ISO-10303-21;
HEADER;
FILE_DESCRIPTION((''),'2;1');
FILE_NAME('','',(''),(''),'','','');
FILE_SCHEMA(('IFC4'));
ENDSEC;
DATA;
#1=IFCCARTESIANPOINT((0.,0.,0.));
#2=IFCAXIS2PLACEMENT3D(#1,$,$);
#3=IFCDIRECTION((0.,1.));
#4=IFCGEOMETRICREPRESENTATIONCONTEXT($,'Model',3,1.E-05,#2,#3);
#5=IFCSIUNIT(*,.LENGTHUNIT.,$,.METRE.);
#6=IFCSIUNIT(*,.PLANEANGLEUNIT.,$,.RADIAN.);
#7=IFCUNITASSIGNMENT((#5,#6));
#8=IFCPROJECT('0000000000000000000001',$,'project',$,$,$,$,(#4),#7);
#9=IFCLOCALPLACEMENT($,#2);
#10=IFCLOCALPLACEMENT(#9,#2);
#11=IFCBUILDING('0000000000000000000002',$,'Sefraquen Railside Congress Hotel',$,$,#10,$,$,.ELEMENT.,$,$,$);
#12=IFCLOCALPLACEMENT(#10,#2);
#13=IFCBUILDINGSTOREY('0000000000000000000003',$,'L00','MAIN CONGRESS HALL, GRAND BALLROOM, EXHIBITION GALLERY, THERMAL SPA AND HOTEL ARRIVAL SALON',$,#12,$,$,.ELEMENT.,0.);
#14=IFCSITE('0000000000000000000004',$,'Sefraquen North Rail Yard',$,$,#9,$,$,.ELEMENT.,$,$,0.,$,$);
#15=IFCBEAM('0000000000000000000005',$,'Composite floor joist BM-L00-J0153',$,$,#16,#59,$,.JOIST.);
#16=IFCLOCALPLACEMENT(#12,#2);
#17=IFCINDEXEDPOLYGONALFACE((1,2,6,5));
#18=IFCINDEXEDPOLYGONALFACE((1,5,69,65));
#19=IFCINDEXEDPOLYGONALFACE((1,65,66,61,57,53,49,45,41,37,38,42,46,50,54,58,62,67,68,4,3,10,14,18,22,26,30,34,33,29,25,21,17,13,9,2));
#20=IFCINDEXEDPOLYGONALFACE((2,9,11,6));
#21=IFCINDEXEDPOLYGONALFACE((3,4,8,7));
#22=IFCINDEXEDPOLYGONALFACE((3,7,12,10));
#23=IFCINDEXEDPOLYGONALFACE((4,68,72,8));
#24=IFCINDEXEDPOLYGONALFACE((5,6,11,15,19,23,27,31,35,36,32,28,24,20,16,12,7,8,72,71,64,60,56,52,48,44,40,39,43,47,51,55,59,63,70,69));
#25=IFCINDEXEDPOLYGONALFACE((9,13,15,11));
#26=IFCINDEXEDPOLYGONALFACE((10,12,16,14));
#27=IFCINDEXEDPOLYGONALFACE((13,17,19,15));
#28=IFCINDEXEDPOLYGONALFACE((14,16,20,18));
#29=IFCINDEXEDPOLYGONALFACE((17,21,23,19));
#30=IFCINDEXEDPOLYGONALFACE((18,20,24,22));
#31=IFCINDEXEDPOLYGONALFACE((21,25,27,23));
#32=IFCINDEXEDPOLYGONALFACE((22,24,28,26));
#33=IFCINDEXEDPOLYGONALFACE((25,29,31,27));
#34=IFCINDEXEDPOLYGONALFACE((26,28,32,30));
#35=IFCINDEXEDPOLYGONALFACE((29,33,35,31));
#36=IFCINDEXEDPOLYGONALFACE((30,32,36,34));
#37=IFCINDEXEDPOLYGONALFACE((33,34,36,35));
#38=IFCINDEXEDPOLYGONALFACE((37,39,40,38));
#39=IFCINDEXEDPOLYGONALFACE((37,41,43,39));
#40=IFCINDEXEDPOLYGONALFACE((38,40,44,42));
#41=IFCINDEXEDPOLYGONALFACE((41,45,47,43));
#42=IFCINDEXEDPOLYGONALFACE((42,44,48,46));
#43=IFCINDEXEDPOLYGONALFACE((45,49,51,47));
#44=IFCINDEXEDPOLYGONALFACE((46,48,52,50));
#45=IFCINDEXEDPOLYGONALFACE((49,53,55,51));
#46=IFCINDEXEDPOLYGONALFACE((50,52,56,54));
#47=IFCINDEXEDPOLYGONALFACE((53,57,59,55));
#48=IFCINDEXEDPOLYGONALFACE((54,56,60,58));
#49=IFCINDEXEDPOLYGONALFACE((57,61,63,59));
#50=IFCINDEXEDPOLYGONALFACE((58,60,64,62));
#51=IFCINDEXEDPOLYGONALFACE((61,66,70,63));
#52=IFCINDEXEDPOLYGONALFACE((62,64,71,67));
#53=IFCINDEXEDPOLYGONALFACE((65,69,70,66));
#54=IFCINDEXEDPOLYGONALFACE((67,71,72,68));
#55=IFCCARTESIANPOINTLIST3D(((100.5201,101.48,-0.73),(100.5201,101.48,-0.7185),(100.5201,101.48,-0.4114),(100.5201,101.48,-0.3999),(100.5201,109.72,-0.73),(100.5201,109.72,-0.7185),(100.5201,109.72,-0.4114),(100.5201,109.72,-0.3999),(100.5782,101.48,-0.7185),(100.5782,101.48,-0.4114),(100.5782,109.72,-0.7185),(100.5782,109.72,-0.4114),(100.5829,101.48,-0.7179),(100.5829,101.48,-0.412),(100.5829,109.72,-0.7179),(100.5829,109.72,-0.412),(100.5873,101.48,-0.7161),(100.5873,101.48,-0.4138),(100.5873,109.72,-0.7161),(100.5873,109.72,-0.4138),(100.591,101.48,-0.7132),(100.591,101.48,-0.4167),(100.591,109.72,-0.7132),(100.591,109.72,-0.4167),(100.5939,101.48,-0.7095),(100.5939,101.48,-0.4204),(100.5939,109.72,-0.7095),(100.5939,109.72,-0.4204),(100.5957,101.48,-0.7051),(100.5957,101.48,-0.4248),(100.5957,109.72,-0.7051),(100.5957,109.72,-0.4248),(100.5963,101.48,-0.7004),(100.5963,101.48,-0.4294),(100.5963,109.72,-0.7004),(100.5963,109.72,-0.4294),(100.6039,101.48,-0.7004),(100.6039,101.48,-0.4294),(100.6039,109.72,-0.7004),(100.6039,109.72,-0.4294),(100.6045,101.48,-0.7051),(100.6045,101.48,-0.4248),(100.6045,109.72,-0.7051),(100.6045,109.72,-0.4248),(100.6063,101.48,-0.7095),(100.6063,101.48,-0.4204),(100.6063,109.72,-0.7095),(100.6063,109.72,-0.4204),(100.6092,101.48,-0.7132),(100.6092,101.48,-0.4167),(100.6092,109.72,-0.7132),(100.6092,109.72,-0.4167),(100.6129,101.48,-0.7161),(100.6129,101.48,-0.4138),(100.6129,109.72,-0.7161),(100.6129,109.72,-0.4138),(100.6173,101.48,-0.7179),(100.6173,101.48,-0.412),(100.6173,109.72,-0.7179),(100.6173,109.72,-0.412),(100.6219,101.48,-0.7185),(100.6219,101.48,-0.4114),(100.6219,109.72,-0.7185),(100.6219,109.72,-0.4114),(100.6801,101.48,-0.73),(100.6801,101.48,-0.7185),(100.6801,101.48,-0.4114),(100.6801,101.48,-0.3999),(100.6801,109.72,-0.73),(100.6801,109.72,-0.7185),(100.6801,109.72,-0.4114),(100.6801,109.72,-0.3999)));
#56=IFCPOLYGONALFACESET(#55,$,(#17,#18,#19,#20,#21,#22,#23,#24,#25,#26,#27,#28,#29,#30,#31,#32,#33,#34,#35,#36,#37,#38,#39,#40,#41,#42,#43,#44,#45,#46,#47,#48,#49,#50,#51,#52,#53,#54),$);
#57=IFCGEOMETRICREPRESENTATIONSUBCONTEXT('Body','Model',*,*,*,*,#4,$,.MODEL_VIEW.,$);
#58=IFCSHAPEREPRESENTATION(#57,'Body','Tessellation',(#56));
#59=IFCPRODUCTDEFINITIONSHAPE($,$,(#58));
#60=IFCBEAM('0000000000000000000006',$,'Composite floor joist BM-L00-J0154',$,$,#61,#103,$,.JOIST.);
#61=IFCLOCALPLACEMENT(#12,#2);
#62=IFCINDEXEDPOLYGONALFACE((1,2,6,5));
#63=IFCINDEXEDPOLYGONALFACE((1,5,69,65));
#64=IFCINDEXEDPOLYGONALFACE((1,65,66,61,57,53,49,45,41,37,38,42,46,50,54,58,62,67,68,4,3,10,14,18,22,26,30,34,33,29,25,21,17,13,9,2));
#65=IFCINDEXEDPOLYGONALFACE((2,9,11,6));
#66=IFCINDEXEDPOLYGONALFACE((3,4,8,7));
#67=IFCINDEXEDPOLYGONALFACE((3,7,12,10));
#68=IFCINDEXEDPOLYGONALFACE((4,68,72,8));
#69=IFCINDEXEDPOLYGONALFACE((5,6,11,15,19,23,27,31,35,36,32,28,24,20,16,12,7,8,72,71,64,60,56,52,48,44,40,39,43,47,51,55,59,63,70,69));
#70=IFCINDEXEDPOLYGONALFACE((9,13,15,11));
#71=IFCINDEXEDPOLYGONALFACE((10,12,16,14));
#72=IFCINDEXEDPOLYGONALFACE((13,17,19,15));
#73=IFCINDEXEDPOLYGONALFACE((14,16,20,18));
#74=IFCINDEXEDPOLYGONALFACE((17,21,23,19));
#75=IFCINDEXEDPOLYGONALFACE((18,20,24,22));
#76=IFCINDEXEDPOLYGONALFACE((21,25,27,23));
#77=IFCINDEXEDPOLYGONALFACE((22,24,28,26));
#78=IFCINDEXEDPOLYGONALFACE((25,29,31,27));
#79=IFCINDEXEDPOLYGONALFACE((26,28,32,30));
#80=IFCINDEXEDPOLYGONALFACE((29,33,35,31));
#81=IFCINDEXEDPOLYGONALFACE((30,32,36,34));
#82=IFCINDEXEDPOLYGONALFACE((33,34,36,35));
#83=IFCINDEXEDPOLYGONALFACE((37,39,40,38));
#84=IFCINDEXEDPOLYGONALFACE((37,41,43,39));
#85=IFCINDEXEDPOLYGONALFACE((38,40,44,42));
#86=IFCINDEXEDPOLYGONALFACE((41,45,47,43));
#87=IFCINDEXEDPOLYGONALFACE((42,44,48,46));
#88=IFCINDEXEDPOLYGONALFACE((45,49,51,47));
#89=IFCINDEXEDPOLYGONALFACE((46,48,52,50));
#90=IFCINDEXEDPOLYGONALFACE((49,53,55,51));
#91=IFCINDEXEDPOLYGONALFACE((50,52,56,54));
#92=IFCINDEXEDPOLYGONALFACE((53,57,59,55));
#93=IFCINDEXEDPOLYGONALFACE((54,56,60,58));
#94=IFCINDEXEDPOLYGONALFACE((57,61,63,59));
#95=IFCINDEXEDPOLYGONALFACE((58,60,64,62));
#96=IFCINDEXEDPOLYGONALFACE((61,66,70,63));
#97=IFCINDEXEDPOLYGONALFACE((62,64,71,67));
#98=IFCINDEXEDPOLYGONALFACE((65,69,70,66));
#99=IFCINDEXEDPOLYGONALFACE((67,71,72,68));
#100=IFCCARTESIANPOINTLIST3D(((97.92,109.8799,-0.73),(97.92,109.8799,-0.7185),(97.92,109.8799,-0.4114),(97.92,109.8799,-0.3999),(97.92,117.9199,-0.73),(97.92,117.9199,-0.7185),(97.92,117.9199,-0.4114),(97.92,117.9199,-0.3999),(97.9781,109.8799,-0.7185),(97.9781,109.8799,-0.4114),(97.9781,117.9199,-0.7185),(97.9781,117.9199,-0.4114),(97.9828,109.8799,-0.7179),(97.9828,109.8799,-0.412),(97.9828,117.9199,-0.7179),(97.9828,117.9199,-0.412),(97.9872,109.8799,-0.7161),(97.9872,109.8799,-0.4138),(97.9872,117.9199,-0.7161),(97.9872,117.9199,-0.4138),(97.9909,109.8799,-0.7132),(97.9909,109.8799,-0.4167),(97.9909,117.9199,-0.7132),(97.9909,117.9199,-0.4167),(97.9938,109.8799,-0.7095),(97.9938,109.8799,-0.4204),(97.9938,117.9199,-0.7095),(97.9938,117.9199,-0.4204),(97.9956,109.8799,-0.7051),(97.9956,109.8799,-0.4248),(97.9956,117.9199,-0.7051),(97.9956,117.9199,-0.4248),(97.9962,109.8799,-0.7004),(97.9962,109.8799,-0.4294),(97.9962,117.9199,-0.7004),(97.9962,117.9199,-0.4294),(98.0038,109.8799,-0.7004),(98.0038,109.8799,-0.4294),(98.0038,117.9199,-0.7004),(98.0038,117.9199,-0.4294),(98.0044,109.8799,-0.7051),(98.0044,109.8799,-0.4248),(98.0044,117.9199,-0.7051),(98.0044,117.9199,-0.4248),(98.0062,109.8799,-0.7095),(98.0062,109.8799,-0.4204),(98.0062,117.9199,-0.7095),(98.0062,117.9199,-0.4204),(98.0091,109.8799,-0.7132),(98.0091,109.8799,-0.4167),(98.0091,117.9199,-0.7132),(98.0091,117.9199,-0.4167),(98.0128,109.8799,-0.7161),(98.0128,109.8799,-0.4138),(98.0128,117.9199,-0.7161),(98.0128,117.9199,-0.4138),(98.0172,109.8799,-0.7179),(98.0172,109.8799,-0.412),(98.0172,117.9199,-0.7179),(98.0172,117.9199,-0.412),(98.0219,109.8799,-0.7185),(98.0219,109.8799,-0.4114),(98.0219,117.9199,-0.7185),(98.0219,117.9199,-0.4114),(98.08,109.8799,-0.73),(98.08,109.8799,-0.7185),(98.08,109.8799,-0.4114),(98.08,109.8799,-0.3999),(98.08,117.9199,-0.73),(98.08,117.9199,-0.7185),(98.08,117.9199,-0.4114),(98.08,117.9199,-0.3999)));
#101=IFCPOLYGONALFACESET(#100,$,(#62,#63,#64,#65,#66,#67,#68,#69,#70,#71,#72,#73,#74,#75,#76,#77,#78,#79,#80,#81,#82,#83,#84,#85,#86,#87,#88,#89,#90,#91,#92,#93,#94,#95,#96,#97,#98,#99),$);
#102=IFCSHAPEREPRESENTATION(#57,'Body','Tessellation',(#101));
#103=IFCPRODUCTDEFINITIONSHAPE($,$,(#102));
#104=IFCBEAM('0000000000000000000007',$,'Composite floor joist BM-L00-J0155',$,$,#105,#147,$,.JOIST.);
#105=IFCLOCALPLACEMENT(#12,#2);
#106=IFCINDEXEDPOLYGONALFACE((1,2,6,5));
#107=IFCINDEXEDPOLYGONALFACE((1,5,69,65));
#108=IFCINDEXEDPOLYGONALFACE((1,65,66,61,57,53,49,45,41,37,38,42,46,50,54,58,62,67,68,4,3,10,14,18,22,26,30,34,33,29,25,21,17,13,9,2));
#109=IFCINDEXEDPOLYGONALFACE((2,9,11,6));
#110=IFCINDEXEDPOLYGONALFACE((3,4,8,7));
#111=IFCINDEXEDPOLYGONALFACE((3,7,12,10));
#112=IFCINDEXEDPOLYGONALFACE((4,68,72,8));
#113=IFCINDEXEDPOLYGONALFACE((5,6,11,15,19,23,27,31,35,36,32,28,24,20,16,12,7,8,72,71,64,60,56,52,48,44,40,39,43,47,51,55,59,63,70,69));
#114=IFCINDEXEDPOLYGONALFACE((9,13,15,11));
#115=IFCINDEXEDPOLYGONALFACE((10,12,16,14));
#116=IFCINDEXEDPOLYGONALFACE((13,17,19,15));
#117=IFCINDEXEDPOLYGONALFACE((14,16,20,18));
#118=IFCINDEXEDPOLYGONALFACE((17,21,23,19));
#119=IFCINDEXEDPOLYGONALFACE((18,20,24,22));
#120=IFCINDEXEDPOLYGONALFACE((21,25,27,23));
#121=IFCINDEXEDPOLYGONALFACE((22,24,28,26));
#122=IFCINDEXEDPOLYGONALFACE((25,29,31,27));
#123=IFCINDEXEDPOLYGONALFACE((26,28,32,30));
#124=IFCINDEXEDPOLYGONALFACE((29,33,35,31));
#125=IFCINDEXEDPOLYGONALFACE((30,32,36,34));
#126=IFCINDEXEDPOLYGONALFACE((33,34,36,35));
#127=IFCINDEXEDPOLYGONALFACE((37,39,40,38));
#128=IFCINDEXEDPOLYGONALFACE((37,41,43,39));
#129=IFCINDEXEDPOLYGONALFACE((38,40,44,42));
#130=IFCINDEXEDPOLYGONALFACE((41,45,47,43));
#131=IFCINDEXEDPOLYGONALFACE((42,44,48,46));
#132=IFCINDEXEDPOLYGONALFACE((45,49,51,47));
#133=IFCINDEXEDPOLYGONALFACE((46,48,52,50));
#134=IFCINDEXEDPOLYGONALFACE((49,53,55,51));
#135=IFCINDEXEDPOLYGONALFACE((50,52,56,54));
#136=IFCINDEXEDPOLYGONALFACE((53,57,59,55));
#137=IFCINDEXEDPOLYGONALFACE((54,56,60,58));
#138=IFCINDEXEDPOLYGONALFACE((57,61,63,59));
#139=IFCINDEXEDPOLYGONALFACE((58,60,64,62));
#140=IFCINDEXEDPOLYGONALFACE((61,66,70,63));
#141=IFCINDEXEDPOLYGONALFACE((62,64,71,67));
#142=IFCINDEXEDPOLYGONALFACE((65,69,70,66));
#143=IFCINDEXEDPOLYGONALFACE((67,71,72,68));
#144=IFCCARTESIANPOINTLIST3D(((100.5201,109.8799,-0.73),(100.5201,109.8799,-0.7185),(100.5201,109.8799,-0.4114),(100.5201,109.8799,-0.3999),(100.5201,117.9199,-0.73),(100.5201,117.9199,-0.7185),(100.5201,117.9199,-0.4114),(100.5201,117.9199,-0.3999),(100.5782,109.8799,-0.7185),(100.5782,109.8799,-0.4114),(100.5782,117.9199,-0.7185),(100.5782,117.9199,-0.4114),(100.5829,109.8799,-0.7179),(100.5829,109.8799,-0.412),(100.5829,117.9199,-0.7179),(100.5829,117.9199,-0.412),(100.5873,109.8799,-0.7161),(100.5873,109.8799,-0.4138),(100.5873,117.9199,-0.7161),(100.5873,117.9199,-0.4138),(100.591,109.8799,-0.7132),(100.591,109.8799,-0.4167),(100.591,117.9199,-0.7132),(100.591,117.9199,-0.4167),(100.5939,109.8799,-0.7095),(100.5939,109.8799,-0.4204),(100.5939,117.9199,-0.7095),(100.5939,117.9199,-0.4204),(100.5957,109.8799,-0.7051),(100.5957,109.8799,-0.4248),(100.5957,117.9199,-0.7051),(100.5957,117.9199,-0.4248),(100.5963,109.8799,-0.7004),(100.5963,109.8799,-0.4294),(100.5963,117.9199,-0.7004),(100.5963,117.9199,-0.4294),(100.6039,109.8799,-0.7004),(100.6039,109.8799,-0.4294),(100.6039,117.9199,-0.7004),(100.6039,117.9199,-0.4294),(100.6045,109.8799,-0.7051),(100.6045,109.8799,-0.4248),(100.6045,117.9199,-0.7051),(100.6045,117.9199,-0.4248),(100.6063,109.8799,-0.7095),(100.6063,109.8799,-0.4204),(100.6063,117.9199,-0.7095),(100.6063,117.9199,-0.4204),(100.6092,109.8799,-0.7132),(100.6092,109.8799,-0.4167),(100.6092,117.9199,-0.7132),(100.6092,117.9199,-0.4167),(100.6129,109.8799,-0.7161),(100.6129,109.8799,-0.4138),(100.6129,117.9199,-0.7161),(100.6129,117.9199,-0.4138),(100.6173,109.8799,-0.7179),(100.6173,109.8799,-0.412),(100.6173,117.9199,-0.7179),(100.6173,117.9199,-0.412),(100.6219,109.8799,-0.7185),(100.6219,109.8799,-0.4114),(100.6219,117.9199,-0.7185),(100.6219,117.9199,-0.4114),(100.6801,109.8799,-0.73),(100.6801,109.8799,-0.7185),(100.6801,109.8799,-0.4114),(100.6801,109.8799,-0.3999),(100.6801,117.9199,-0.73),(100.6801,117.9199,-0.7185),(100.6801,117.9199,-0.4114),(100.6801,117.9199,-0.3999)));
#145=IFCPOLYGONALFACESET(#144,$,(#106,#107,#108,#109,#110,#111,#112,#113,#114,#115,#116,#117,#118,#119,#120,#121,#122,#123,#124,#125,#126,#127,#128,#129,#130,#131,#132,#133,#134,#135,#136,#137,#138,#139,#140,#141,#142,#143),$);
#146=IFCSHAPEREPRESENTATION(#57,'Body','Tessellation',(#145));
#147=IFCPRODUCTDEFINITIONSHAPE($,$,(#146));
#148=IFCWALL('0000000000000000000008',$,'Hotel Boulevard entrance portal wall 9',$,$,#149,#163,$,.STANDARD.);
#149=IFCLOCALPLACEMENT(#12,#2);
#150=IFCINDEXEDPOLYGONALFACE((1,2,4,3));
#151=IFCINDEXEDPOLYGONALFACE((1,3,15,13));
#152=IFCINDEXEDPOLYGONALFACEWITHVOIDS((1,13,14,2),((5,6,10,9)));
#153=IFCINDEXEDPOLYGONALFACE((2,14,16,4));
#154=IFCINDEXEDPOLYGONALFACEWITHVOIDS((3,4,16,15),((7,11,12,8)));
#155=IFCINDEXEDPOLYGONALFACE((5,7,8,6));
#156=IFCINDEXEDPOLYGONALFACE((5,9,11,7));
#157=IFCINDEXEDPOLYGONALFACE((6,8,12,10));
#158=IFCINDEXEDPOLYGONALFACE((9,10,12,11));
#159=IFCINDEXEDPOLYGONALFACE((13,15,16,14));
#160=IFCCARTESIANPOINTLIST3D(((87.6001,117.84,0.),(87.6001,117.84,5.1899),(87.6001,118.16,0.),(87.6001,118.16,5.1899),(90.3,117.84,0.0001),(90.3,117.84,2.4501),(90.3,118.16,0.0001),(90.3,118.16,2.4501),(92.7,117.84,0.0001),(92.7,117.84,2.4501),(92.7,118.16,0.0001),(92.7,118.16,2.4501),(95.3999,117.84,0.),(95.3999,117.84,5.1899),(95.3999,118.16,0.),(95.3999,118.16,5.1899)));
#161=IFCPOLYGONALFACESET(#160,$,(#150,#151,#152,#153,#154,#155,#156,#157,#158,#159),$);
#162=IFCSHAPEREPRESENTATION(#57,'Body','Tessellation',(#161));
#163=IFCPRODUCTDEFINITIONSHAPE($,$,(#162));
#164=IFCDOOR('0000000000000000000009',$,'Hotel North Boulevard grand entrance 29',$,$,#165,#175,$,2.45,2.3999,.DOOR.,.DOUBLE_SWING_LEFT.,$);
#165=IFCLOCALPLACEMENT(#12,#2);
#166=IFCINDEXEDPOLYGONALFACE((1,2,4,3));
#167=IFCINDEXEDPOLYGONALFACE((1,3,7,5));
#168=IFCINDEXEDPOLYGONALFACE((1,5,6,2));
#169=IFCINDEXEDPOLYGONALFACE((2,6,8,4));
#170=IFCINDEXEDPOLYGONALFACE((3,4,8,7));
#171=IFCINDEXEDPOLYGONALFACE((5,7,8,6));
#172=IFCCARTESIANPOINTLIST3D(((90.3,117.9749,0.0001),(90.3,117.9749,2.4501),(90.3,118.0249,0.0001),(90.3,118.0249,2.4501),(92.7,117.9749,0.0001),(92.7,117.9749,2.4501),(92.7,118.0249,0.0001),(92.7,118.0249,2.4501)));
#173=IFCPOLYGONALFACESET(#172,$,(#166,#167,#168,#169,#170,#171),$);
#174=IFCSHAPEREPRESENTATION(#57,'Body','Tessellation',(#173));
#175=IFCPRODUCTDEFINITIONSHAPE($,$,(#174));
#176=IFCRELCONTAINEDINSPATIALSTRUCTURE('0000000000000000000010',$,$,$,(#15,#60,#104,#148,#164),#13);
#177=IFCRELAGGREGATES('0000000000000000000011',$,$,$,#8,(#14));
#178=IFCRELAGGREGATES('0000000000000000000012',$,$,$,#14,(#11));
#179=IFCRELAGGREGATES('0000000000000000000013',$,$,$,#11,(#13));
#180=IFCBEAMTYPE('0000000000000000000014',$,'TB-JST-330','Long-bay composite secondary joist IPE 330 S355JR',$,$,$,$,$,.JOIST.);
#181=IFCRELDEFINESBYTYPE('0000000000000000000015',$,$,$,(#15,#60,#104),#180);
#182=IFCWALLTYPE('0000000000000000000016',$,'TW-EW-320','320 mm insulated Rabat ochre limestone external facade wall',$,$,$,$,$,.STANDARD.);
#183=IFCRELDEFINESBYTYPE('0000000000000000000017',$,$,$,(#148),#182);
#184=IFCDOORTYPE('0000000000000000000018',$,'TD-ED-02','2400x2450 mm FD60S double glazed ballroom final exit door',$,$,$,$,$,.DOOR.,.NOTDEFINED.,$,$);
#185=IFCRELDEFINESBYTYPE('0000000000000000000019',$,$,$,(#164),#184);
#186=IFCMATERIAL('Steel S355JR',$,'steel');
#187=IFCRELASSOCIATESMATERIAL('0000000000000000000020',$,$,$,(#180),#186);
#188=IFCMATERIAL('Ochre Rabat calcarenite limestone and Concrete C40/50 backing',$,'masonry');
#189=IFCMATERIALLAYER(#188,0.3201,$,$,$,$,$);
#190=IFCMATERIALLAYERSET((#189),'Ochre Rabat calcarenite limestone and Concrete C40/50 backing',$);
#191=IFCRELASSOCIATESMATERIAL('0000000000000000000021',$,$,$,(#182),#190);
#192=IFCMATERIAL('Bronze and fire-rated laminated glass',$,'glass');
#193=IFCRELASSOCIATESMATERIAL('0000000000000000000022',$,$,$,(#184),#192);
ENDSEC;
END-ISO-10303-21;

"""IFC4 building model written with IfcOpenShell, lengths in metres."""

from ifc_helpers import new_model, si_unit, direction, frame, frame_2d, origin, origin_2d, place, context, subcontext, project, spatial, rectangle, i_section, extrude, material, layer, layer_set, material_profile, profile_set, type_object, element, fill, save


model = new_model("IFC4")

# Units and contexts
model_context = context("Model", 3, precision=1e-05, world=origin(), true_north=direction((0.0, 1.0)))
body_context = subcontext(model_context, "Body", "Model", "MODEL_VIEW")
ifc_project = project(units=[si_unit("LENGTHUNIT", "METRE"), si_unit("PLANEANGLEUNIT", "RADIAN")], contexts=[model_context])

# Site, building, storey
site_placement = place(None, origin())
site = spatial("IfcSite", under=ifc_project, at=site_placement, Name="Sefraquen North Rail Yard", CompositionType="ELEMENT", RefElevation=0.0)
building_placement = place(site_placement, origin())
building = spatial("IfcBuilding", under=site, at=building_placement, Name="Sefraquen Railside Congress Hotel", CompositionType="ELEMENT")
storey_placement = place(building_placement, origin())
storey = spatial("IfcBuildingStorey", under=building, at=storey_placement, Name="L00", Description="MAIN CONGRESS HALL, GRAND BALLROOM, EXHIBITION GALLERY, THERMAL SPA AND HOTEL ARRIVAL SALON", CompositionType="ELEMENT", Elevation=0.0)

# Shared definitions
ifc_material_1 = material(Name="Steel S355JR", Category="steel")

# Beams
ifc_material_profile_1 = material_profile(ifc_material_1, i_section(OverallWidth=0.1599, OverallDepth=0.3301, WebThickness=0.0076, FlangeThickness=0.0115, FilletRadius=0.0181, at=origin_2d()), Name="IPE 330")
ifc_profile_set_1 = profile_set([ifc_material_profile_1], Name="Steel S355JR")
beam_type_1 = type_object("IfcBeamType", Name="TB-JST-330", Description="Long-bay composite secondary joist IPE 330 S355JR", PredefinedType="JOIST", material=ifc_profile_set_1)
for number, where, z_axis, x_axis, name in (
    (1, (100.6001, 101.48, -0.5649), (0.0, 1.0, 0.0), (-1.0, 0.0, 0.0), "Composite floor joist BM-L00-J0153"),
):
    element("IfcBeam", number, at=place(storey_placement, frame(where, z_axis=z_axis, x_axis=x_axis)), inside=storey, type_object=beam_type_1, Name=name, PredefinedType="JOIST", context=body_context, shape_type="SweptSolid", body=[
        extrude(i_section(OverallWidth=0.1599, OverallDepth=0.3301, WebThickness=0.0076, FlangeThickness=0.0115, FilletRadius=0.0181, at=origin_2d()), origin(), (0.0, 0.0, 1.0), 8.24),
    ])
for number, where, z_axis, x_axis, name in (
    (2, (98.0, 109.8799, -0.5649), (0.0, 1.0, 0.0), (-1.0, 0.0, 0.0), "Composite floor joist BM-L00-J0154"),
    (3, (100.6001, 109.8799, -0.5649), (0.0, 1.0, 0.0), (-1.0, 0.0, 0.0), "Composite floor joist BM-L00-J0155"),
):
    element("IfcBeam", number, at=place(storey_placement, frame(where, z_axis=z_axis, x_axis=x_axis)), inside=storey, type_object=beam_type_1, Name=name, PredefinedType="JOIST", context=body_context, shape_type="SweptSolid", body=[
        extrude(i_section(OverallWidth=0.1599, OverallDepth=0.3301, WebThickness=0.0076, FlangeThickness=0.0115, FilletRadius=0.0181, at=origin_2d()), origin(), (0.0, 0.0, 1.0), 8.04),
    ])

# Wall, opening, door
ifc_material_2 = material(Name="Ochre Rabat calcarenite limestone and Concrete C40/50 backing", Category="masonry")
ifc_layer = layer(ifc_material_2, 0.3201)
ifc_layer_set = layer_set([ifc_layer], Name="Ochre Rabat calcarenite limestone and Concrete C40/50 backing")
wall_type = type_object("IfcWallType", Name="TW-EW-320", Description="320 mm insulated Rabat ochre limestone external facade wall", PredefinedType="STANDARD", material=ifc_layer_set)
wall_1_placement = place(storey_placement, frame((87.6001, 118.0, 0.0), z_axis=(0.0, 0.0, 1.0), x_axis=(1.0, 0.0, 0.0)))
wall_1 = element("IfcWall", 4, at=wall_1_placement, inside=storey, type_object=wall_type, Name="Hotel Boulevard entrance portal wall 9", PredefinedType="STANDARD", context=body_context, shape_type="SweptSolid", body=[
    extrude(rectangle(XDim=7.7998, YDim=0.3201, at=frame_2d((3.8999, 0.0))), origin(), (0.0, 0.0, 1.0), 5.1899),
])
opening_1_placement = place(wall_1_placement, frame((2.7, 0.0, 0.0)))
opening_1 = element("IfcOpeningElement", 5, at=opening_1_placement, cuts=wall_1, PredefinedType="OPENING", context=body_context, shape_type="SweptSolid", body=[
    extrude(rectangle(XDim=2.3999, YDim=2.45, at=frame_2d((1.2, 1.2251))), frame((0.0, 0.1699, 0.0), z_axis=(0.0, -1.0, 0.0), x_axis=(1.0, 0.0, 0.0)), (0.0, 0.0, 1.0), 0.3401),
])
ifc_material_3 = material(Name="Bronze and fire-rated laminated glass", Category="glass")
door_type_1 = type_object("IfcDoorType", Name="TD-ED-02", Description="2400x2450 mm FD60S double glazed ballroom final exit door", OperationType="NOTDEFINED", PredefinedType="DOOR", material=ifc_material_3)
door_1_placement = place(opening_1_placement, origin())
door_1 = element("IfcDoor", 6, at=door_1_placement, inside=storey, type_object=door_type_1, Name="Hotel North Boulevard grand entrance 29", OperationType="DOUBLE_SWING_LEFT", OverallHeight=2.45, OverallWidth=2.3999, PredefinedType="DOOR", context=body_context, shape_type="SweptSolid", body=[
    extrude(rectangle(XDim=2.3999, YDim=2.45, at=frame_2d((1.2, 1.2251))), frame((0.0, 0.0249, 0.0), z_axis=(0.0, -1.0, 0.0), x_axis=(1.0, 0.0, 0.0)), (0.0, 0.0, 1.0), 0.05),
])
fill(opening_1, door_1)

save(model, "model.ifc")
